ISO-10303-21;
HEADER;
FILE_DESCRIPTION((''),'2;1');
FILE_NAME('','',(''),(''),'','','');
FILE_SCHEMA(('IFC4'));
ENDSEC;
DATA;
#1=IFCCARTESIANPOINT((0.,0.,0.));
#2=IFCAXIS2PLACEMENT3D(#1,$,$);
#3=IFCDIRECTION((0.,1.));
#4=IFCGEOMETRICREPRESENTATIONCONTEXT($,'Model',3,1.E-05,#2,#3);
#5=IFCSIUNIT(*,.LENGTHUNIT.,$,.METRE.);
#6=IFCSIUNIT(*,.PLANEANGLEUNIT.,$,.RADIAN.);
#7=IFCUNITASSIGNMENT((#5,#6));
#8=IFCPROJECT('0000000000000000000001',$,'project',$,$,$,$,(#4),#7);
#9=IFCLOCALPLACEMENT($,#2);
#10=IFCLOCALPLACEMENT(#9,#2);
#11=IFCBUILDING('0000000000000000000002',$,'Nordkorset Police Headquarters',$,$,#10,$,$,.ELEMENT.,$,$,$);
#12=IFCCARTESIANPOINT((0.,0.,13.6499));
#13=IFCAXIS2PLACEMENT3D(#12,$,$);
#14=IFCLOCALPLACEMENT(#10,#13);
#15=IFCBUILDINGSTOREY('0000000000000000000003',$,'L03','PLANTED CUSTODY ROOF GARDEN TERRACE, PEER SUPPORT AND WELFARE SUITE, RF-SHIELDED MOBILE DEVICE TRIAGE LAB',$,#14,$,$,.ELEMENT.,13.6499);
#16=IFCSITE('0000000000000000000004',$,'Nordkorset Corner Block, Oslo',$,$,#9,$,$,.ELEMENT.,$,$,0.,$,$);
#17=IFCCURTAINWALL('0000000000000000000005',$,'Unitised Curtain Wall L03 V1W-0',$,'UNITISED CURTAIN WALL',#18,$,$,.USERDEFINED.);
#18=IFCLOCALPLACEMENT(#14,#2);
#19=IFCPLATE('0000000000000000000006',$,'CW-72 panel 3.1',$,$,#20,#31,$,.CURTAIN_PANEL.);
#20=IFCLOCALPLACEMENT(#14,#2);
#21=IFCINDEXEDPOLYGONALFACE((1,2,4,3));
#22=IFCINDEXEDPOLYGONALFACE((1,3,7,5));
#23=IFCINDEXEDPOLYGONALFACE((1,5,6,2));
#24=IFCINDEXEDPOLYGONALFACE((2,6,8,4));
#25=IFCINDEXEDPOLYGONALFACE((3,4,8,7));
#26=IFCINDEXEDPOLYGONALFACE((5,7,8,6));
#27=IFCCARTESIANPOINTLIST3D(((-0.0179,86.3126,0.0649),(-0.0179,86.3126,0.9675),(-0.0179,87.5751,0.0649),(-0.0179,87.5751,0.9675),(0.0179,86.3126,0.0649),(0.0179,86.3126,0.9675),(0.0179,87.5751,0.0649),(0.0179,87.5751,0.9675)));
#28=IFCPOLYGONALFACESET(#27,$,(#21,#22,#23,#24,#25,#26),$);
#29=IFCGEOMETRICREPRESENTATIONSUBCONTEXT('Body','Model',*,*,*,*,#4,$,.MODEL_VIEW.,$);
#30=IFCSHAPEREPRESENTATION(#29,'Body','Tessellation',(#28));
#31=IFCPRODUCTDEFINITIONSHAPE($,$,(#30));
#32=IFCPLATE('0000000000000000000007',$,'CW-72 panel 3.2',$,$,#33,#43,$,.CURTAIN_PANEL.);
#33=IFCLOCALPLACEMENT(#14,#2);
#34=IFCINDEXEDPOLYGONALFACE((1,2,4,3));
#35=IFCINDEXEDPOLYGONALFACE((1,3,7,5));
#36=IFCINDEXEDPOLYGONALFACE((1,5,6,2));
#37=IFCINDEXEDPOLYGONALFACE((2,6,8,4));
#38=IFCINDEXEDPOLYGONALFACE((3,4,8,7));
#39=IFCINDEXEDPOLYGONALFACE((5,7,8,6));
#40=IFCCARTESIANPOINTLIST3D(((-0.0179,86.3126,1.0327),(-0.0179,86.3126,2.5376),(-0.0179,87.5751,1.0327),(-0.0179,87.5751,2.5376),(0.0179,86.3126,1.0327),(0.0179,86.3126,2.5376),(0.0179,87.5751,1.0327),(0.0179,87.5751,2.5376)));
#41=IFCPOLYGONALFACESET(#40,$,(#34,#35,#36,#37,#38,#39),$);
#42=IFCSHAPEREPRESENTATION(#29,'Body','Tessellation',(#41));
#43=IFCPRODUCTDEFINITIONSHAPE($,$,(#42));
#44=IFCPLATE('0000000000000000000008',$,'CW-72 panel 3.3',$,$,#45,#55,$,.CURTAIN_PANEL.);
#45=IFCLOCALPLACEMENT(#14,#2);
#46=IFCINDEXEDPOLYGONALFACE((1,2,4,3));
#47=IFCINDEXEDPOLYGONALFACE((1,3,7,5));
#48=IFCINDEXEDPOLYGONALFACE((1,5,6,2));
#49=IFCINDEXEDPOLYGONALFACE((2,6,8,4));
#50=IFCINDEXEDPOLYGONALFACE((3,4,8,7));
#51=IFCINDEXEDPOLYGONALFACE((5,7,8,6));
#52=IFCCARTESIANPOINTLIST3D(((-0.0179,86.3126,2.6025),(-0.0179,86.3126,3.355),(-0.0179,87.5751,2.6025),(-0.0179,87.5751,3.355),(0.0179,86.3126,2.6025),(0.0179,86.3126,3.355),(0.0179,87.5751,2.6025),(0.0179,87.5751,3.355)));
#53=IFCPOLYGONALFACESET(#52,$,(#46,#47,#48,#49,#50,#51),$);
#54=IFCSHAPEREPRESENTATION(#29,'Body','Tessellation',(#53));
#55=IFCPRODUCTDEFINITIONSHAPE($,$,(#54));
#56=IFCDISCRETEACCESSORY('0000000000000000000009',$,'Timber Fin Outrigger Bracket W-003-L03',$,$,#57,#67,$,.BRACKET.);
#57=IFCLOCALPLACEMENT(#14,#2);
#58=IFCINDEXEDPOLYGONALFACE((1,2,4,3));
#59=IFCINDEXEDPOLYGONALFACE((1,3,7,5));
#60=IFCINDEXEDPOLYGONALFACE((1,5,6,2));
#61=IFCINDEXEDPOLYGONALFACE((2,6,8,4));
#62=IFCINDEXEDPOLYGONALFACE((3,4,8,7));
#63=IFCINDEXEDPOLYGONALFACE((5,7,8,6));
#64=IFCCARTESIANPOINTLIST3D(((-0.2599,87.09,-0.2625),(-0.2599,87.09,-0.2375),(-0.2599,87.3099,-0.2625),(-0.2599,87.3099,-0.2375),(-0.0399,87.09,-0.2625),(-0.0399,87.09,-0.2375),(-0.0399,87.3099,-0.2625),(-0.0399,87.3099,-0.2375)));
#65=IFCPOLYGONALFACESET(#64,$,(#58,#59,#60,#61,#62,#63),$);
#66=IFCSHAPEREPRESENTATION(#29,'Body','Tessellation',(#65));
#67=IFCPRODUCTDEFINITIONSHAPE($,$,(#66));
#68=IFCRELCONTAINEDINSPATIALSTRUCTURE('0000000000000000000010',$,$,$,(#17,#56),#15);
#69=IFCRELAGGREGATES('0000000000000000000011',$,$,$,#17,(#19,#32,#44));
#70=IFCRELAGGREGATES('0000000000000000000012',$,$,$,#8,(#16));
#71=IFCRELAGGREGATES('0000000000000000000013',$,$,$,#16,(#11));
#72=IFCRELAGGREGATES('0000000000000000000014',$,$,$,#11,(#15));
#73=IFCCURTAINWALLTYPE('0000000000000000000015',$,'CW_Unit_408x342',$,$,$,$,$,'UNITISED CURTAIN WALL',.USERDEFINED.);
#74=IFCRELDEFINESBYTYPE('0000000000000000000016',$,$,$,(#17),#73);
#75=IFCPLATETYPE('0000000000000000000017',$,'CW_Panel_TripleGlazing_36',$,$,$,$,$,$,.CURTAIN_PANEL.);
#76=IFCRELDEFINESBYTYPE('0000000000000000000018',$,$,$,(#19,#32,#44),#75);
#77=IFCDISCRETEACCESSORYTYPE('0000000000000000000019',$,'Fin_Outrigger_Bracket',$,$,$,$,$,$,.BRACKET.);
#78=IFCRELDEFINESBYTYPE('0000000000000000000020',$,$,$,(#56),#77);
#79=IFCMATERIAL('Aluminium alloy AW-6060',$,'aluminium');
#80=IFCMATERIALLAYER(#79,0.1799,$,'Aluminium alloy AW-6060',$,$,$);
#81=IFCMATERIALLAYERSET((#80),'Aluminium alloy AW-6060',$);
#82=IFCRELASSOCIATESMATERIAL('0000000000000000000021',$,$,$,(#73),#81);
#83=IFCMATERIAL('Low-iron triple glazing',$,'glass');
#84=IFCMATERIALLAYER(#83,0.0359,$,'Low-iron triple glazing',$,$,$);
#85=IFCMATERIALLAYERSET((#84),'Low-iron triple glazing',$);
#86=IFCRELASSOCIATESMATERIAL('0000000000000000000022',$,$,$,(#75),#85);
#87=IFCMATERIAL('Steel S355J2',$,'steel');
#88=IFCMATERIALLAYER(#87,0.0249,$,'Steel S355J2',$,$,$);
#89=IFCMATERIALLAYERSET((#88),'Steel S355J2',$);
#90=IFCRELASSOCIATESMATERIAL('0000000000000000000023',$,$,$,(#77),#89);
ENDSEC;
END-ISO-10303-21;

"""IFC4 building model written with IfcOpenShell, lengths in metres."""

from ifc_helpers import new_model, si_unit, direction, frame, origin, origin_2d, place, context, subcontext, project, spatial, rectangle, extrude, material, layer, layer_set, type_object, element, aggregate, save


model = new_model("IFC4")

# Units and contexts
model_context = context("Model", 3, precision=1e-05, world=origin(), true_north=direction((0.0, 1.0)))
body_context = subcontext(model_context, "Body", "Model", "MODEL_VIEW")
ifc_project = project(units=[si_unit("LENGTHUNIT", "METRE"), si_unit("PLANEANGLEUNIT", "RADIAN")], contexts=[model_context])

# Site, building, storey
site_placement = place(None, origin())
site = spatial("IfcSite", under=ifc_project, at=site_placement, Name="Nordkorset Corner Block, Oslo", CompositionType="ELEMENT", RefElevation=0.0)
building_placement = place(site_placement, origin())
building = spatial("IfcBuilding", under=site, at=building_placement, Name="Nordkorset Police Headquarters", CompositionType="ELEMENT")
storey_placement = place(building_placement, frame((0.0, 0.0, 13.6499)))
storey = spatial("IfcBuildingStorey", under=building, at=storey_placement, Name="L03", Description="PLANTED CUSTODY ROOF GARDEN TERRACE, PEER SUPPORT AND WELFARE SUITE, RF-SHIELDED MOBILE DEVICE TRIAGE LAB", CompositionType="ELEMENT", Elevation=13.6499)

# Curtain wall
ifc_material_1 = material(Name="Aluminium alloy AW-6060", Category="aluminium")
ifc_layer_1 = layer(ifc_material_1, 0.1799, Name="Aluminium alloy AW-6060")
ifc_layer_set_1 = layer_set([ifc_layer_1], Name="Aluminium alloy AW-6060")
curtain_wall_type = type_object("IfcCurtainWallType", Name="CW_Unit_408x342", ElementType="UNITISED CURTAIN WALL", PredefinedType="USERDEFINED", material=ifc_layer_set_1)
curtain_wall_1_placement = place(storey_placement, origin())
curtain_wall_1 = element("IfcCurtainWall", 1, at=curtain_wall_1_placement, inside=storey, type_object=curtain_wall_type, Name="Unitised Curtain Wall L03 V1W-0", ObjectType="UNITISED CURTAIN WALL", PredefinedType="USERDEFINED")

# Plates
ifc_material_2 = material(Name="Low-iron triple glazing", Category="glass")
ifc_layer_2 = layer(ifc_material_2, 0.0359, Name="Low-iron triple glazing")
ifc_layer_set_2 = layer_set([ifc_layer_2], Name="Low-iron triple glazing")
plate_type = type_object("IfcPlateType", Name="CW_Panel_TripleGlazing_36", PredefinedType="CURTAIN_PANEL", material=ifc_layer_set_2)
plate_1_placement = place(storey_placement, frame((0.0, 86.9438, 0.0649), z_axis=(0.0, 0.0, 1.0), x_axis=(0.0, 1.0, 0.0)))
plate_1 = element("IfcPlate", 2, at=plate_1_placement, type_object=plate_type, Name="CW-72 panel 3.1", PredefinedType="CURTAIN_PANEL", context=body_context, shape_type="SweptSolid", body=[
    extrude(rectangle(XDim=1.2625, YDim=0.0359, at=origin_2d()), origin(), (0.0, 0.0, 1.0), 0.9026),
])
plate_2_placement = place(storey_placement, frame((0.0, 86.9438, 1.0327), z_axis=(0.0, 0.0, 1.0), x_axis=(0.0, 1.0, 0.0)))
plate_2 = element("IfcPlate", 3, at=plate_2_placement, type_object=plate_type, Name="CW-72 panel 3.2", PredefinedType="CURTAIN_PANEL", context=body_context, shape_type="SweptSolid", body=[
    extrude(rectangle(XDim=1.2625, YDim=0.0359, at=origin_2d()), origin(), (0.0, 0.0, 1.0), 1.5049),
])
plate_3_placement = place(storey_placement, frame((0.0, 86.9438, 2.6025), z_axis=(0.0, 0.0, 1.0), x_axis=(0.0, 1.0, 0.0)))
plate_3 = element("IfcPlate", 4, at=plate_3_placement, type_object=plate_type, Name="CW-72 panel 3.3", PredefinedType="CURTAIN_PANEL", context=body_context, shape_type="SweptSolid", body=[
    extrude(rectangle(XDim=1.2625, YDim=0.0359, at=origin_2d()), origin(), (0.0, 0.0, 1.0), 0.7524),
])
aggregate(curtain_wall_1, [plate_1, plate_2, plate_3])

# Discrete accessory
ifc_material_3 = material(Name="Steel S355J2", Category="steel")
ifc_layer_3 = layer(ifc_material_3, 0.0249, Name="Steel S355J2")
ifc_layer_set_3 = layer_set([ifc_layer_3], Name="Steel S355J2")
discrete_accessory_type = type_object("IfcDiscreteAccessoryType", Name="Fin_Outrigger_Bracket", PredefinedType="BRACKET", material=ifc_layer_set_3)
discrete_accessory_placement = place(storey_placement, frame((-0.1499, 87.2, -0.2625), z_axis=(0.0, 0.0, 1.0), x_axis=(1.0, 0.0, 0.0)))
element("IfcDiscreteAccessory", 5, at=discrete_accessory_placement, inside=storey, type_object=discrete_accessory_type, Name="Timber Fin Outrigger Bracket W-003-L03", PredefinedType="BRACKET", context=body_context, shape_type="SweptSolid", body=[
    extrude(rectangle(XDim=0.22, YDim=0.22, at=origin_2d()), origin(), (0.0, 0.0, 1.0), 0.0249),
])

save(model, "model.ifc")
